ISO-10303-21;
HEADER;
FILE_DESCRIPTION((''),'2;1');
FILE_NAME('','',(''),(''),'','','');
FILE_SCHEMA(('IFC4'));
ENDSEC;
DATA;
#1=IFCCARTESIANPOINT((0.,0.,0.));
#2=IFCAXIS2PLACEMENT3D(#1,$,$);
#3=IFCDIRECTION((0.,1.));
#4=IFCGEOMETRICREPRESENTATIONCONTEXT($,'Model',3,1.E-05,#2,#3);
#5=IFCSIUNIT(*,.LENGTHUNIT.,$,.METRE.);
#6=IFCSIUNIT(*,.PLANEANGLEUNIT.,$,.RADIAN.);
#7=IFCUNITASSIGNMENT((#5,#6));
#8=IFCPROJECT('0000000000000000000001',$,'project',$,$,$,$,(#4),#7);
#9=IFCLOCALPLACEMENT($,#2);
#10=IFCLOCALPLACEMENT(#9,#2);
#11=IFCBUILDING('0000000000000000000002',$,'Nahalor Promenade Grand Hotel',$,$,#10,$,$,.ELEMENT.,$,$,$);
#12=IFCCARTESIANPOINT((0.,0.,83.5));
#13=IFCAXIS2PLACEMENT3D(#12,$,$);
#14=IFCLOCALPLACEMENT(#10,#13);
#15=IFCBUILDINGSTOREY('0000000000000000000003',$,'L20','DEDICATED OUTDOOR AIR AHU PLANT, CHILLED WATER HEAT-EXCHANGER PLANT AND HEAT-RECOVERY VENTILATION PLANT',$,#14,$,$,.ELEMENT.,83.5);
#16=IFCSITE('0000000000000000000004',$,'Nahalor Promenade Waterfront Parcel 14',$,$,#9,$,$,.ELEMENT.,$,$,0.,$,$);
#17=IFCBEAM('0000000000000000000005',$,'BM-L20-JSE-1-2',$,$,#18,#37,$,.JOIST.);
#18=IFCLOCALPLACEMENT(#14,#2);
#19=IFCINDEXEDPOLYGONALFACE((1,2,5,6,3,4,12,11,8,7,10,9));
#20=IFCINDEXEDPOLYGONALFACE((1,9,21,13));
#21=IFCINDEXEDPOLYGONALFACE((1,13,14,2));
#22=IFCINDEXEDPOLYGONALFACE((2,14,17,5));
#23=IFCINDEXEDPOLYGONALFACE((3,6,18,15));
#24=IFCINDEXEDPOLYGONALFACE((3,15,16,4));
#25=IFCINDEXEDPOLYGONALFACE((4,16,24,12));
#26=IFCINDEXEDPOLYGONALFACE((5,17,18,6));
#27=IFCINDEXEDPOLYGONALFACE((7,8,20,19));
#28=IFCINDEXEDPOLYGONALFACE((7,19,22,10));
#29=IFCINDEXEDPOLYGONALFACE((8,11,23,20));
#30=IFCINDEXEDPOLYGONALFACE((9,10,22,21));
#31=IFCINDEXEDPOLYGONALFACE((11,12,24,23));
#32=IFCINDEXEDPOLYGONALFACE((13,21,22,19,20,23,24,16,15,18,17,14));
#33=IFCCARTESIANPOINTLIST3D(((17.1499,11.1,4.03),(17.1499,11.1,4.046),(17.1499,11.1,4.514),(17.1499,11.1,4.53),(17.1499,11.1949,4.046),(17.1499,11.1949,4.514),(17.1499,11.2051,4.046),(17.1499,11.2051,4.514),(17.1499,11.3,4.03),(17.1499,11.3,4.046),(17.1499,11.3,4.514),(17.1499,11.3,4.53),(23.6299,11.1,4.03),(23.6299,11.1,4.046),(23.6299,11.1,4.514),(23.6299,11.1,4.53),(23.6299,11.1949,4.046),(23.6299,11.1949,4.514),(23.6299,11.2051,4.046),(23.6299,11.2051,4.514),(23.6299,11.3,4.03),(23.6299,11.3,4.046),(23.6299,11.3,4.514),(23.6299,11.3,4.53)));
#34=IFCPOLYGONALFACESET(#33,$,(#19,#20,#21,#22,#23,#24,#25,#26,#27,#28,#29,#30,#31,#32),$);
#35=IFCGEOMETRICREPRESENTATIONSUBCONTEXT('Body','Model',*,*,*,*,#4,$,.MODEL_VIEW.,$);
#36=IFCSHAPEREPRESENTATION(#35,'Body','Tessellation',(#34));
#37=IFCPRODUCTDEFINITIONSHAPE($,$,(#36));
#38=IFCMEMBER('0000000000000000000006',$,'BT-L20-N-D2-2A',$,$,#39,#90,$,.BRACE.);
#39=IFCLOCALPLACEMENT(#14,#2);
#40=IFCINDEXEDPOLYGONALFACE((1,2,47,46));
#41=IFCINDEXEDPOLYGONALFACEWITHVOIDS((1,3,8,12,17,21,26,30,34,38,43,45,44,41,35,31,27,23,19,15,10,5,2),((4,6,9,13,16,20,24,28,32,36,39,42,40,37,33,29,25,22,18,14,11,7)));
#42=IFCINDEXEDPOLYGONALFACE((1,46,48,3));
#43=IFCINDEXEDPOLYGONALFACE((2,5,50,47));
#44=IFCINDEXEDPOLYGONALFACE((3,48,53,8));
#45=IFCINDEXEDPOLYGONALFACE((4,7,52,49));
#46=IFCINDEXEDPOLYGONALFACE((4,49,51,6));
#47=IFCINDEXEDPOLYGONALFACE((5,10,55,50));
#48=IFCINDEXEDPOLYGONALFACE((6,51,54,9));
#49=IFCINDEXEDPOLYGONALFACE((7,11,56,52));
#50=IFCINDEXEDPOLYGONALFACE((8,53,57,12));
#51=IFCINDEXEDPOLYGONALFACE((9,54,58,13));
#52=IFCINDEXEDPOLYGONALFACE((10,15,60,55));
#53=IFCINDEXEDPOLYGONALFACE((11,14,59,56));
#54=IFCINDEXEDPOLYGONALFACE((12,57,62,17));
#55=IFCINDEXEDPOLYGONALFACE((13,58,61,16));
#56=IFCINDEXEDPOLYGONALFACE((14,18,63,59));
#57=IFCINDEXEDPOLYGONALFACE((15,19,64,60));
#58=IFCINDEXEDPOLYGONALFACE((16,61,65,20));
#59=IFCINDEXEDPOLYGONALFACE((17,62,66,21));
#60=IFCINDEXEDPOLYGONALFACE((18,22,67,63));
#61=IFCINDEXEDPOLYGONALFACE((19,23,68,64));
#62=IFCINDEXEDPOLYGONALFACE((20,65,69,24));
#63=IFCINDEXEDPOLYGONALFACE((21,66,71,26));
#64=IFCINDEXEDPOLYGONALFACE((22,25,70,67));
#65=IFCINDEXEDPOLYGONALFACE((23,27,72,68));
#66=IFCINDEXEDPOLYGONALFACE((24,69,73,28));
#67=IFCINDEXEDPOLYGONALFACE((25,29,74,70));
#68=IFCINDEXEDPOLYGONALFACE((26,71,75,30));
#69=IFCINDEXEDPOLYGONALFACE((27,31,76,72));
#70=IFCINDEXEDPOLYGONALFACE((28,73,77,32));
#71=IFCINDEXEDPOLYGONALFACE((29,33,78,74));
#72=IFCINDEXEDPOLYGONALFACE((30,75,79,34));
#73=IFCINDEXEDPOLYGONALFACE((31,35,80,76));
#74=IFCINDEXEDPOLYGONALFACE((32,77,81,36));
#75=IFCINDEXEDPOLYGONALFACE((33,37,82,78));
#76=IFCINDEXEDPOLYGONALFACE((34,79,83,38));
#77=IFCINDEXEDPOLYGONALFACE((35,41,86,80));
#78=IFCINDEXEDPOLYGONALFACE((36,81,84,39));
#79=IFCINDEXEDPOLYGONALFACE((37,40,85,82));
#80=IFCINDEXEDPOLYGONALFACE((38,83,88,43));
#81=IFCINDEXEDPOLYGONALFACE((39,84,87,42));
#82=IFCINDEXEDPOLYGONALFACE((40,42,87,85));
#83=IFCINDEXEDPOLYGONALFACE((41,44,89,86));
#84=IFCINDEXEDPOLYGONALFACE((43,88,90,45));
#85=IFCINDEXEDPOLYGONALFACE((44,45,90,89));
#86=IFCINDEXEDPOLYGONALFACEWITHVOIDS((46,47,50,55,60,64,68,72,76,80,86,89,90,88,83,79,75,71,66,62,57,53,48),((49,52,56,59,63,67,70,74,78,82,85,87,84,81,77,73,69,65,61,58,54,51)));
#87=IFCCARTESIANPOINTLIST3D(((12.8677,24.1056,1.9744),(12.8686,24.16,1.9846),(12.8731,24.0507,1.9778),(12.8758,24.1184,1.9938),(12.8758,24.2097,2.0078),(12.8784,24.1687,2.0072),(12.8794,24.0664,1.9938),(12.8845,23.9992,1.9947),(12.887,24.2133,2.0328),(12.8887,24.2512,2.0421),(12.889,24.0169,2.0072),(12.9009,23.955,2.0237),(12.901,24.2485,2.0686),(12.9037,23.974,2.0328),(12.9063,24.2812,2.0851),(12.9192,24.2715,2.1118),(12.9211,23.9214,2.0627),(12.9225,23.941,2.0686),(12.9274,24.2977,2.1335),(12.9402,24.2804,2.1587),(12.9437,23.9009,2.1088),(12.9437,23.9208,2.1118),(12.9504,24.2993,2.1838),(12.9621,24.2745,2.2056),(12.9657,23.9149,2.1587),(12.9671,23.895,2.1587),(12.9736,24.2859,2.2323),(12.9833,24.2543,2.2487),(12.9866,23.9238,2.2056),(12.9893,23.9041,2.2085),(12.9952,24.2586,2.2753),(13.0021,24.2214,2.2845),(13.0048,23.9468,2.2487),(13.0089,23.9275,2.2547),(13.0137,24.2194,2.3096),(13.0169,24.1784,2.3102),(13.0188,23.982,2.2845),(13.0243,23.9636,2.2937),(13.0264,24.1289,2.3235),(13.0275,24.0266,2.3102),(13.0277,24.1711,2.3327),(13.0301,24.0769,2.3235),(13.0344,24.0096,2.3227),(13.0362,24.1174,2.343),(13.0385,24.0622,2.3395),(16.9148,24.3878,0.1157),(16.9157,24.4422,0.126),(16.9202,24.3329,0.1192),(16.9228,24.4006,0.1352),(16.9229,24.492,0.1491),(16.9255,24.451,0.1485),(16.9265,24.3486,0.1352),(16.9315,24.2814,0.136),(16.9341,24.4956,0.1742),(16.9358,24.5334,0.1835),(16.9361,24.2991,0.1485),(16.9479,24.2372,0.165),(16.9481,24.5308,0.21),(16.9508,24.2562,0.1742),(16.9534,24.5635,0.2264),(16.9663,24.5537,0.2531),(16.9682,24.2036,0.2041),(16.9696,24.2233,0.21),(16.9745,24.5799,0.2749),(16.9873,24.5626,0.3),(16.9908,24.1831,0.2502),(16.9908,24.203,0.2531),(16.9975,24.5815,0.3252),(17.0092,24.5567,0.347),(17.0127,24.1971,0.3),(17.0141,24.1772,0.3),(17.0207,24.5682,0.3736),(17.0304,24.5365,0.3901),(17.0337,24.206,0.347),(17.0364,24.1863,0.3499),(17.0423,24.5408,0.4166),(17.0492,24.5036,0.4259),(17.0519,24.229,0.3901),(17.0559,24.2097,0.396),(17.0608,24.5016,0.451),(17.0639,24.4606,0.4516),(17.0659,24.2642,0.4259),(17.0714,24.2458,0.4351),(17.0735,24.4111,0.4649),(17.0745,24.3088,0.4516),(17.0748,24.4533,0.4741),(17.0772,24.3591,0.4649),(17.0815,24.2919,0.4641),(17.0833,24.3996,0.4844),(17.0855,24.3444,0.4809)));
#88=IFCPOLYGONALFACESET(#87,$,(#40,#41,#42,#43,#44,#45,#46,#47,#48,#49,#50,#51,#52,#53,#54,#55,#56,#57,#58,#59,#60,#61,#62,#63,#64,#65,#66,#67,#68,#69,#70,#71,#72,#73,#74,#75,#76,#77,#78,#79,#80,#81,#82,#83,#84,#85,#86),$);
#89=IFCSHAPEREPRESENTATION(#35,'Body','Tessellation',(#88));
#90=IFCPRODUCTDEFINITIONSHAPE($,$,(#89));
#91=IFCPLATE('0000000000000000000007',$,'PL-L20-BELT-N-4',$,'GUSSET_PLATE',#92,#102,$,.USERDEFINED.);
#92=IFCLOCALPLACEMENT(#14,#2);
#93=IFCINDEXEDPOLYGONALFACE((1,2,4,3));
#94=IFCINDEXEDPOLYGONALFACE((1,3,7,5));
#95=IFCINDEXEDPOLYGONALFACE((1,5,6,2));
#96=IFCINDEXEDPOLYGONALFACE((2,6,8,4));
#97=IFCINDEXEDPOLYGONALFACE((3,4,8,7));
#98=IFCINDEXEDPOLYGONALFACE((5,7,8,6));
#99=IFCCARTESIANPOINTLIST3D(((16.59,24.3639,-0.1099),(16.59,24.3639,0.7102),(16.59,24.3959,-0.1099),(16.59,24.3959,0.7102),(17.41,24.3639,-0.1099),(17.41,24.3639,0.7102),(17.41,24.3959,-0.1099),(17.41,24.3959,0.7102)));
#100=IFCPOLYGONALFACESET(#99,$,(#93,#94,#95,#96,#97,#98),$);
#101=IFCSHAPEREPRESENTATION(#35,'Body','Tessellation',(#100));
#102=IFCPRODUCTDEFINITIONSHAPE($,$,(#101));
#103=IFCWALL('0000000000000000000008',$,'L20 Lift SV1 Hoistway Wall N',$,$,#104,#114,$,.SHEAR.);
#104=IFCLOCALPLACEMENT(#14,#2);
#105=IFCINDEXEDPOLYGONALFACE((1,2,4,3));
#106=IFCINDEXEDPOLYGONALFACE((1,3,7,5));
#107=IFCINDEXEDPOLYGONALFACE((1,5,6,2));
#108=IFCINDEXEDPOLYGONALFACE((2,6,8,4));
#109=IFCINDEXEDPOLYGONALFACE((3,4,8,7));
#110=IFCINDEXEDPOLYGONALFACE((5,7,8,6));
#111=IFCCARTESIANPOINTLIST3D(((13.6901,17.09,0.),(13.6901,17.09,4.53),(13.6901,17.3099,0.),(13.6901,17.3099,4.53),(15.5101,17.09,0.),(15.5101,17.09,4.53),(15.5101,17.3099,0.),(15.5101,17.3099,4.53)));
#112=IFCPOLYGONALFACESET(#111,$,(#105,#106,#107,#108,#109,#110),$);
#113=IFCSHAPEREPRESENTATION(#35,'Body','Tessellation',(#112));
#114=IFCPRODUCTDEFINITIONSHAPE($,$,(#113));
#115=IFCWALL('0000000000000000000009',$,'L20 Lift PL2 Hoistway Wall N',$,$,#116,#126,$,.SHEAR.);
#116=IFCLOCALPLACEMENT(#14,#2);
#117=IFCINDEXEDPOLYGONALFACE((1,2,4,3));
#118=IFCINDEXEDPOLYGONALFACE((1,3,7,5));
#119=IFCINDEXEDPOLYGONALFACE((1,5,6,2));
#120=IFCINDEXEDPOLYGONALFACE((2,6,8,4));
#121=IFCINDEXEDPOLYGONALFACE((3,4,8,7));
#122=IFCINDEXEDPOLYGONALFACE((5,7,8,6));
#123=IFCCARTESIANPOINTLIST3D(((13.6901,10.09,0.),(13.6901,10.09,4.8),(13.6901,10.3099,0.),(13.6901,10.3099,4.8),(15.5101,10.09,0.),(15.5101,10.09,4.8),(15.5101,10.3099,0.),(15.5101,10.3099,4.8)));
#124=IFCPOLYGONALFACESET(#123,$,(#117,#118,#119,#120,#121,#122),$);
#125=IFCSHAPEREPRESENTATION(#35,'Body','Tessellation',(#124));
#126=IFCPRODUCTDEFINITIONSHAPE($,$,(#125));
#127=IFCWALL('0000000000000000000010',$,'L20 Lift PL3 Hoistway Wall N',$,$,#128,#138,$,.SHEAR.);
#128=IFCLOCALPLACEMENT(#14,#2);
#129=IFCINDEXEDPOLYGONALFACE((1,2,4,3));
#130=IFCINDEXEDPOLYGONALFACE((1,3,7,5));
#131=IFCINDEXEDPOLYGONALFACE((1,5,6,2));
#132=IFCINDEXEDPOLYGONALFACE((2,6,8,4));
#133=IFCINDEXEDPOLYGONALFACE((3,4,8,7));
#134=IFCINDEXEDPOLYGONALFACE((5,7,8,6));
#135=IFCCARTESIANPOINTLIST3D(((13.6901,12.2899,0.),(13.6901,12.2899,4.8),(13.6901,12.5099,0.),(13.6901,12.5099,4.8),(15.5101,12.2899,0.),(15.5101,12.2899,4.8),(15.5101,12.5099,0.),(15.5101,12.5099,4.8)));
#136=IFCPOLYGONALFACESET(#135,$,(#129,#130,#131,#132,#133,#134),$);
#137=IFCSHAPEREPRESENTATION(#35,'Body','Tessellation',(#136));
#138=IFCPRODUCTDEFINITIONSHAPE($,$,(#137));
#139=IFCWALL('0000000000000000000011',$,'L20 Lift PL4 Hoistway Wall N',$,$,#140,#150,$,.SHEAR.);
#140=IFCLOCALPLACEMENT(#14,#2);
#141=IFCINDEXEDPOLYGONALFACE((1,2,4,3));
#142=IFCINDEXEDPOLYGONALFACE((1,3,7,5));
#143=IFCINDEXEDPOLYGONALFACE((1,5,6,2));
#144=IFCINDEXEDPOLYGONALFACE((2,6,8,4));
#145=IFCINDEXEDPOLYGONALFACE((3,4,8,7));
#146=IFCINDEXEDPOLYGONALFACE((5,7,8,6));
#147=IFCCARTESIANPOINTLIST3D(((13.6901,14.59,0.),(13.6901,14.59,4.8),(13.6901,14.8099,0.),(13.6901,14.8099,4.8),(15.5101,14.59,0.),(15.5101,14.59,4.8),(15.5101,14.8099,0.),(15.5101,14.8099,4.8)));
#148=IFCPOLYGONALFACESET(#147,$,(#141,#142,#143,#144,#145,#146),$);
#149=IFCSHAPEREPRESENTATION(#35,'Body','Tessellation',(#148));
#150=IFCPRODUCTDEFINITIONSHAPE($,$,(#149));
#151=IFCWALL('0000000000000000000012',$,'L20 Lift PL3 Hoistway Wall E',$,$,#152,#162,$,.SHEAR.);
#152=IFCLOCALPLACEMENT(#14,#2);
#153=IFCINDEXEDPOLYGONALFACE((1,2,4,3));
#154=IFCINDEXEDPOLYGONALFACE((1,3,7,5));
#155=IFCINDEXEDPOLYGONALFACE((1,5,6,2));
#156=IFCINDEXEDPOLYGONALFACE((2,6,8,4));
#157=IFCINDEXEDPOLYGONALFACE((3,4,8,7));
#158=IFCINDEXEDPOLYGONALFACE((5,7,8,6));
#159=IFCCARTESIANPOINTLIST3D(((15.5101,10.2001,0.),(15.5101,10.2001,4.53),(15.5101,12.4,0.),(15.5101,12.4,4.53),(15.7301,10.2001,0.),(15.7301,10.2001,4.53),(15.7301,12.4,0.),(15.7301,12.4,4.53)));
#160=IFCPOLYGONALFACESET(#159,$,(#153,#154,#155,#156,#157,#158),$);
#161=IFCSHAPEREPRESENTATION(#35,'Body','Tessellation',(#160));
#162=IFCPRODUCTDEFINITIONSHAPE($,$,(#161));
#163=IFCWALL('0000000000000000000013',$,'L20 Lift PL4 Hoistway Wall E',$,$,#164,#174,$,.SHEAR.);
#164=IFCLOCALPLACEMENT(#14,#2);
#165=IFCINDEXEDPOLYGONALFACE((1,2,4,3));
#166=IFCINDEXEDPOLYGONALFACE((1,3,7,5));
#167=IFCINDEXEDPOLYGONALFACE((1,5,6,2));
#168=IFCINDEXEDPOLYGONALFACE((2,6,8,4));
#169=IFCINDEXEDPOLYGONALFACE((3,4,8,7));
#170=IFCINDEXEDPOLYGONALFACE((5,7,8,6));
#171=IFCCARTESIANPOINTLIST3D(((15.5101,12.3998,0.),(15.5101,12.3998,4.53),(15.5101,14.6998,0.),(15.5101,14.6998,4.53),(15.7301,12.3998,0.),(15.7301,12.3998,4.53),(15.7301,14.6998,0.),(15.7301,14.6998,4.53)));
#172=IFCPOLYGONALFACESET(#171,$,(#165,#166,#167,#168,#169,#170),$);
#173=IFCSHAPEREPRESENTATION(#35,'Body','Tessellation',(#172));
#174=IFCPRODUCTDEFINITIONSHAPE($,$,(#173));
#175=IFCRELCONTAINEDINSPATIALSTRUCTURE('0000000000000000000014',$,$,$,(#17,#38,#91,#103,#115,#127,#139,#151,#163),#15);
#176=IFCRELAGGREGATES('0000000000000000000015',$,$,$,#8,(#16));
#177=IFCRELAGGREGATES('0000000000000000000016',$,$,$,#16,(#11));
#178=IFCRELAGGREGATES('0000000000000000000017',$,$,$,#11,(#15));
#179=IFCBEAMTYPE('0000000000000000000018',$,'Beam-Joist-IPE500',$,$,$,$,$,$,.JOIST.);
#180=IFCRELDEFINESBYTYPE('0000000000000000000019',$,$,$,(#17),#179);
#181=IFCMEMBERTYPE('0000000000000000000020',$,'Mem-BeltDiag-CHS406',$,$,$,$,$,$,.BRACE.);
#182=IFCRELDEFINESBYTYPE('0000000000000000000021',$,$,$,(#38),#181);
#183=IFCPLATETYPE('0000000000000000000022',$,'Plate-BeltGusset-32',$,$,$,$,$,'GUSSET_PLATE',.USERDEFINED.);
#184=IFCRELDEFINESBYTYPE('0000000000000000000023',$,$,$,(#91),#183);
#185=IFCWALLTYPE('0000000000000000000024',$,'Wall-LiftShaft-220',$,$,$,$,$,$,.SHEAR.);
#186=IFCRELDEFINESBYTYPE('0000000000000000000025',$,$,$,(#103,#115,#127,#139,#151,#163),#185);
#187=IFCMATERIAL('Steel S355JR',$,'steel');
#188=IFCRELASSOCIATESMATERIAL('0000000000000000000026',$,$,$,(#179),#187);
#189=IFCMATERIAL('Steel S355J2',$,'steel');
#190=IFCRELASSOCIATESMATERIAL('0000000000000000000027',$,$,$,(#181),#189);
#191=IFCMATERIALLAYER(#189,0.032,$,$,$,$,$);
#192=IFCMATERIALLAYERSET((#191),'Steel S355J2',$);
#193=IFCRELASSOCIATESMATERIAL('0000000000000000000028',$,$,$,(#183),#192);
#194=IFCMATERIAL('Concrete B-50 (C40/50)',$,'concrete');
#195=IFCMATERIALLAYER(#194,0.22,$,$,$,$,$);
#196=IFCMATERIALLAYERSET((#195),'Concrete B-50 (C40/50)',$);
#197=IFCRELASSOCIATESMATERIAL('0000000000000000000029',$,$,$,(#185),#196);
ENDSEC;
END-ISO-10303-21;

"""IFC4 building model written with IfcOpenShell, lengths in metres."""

from ifc_helpers import new_model, si_unit, direction, frame, frame_2d, origin, origin_2d, place, context, subcontext, project, spatial, rectangle, hollow_circle, i_section, extrude, source, transform, mapped, material, layer, layer_set, material_profile, profile_set, type_object, element, save


model = new_model("IFC4")

# Units and contexts
model_context = context("Model", 3, precision=1e-05, world=origin(), true_north=direction((0.0, 1.0)))
body_context = subcontext(model_context, "Body", "Model", "MODEL_VIEW")
ifc_project = project(units=[si_unit("LENGTHUNIT", "METRE"), si_unit("PLANEANGLEUNIT", "RADIAN")], contexts=[model_context])

# Site, building, storey
site_placement = place(None, origin())
site = spatial("IfcSite", under=ifc_project, at=site_placement, Name="Nahalor Promenade Waterfront Parcel 14", CompositionType="ELEMENT", RefElevation=0.0)
building_placement = place(site_placement, origin())
building = spatial("IfcBuilding", under=site, at=building_placement, Name="Nahalor Promenade Grand Hotel", CompositionType="ELEMENT")
storey_placement = place(building_placement, frame((0.0, 0.0, 83.5)))
storey = spatial("IfcBuildingStorey", under=building, at=storey_placement, Name="L20", Description="DEDICATED OUTDOOR AIR AHU PLANT, CHILLED WATER HEAT-EXCHANGER PLANT AND HEAT-RECOVERY VENTILATION PLANT", CompositionType="ELEMENT", Elevation=83.5)

# Shared definitions
ifc_material_1 = material(Name="Steel S355J2", Category="steel")

# Beam
ifc_material_2 = material(Name="Steel S355JR", Category="steel")
ifc_material_profile_1 = material_profile(ifc_material_2, i_section(OverallWidth=0.2, OverallDepth=0.5, WebThickness=0.0102, FlangeThickness=0.016, at=origin_2d()), Name="IPE 500")
ifc_profile_set_1 = profile_set([ifc_material_profile_1], Name="Steel S355JR")
beam_type_1 = type_object("IfcBeamType", Name="Beam-Joist-IPE500", PredefinedType="JOIST", material=ifc_profile_set_1)
shared_shape_1 = source(origin(), body_context, "Body", "SweptSolid", [
    extrude(i_section(OverallWidth=0.2, OverallDepth=0.5, WebThickness=0.0102, FlangeThickness=0.016, at=origin_2d()), origin(), (0.0, 0.0, 1.0), 6.48),
])
beam_placement = place(storey_placement, frame((17.1499, 11.2, 4.28), z_axis=(1.0, 0.0, 0.0), x_axis=(0.0, 1.0, 0.0)))
element("IfcBeam", 1, at=beam_placement, inside=storey, type_object=beam_type_1, Name="BM-L20-JSE-1-2", PredefinedType="JOIST", context=body_context, shape_type="MappedRepresentation", body=[
    mapped(shared_shape_1, transform((0.0, 0.0, 0.0), scale=1.0)),
])

# Member
ifc_material_profile_2 = material_profile(ifc_material_1, hollow_circle(Radius=0.2032, WallThickness=0.02, at=origin_2d()), Name="CHS 406.4x20")
ifc_profile_set_2 = profile_set([ifc_material_profile_2], Name="Steel S355J2")
member_type = type_object("IfcMemberType", Name="Mem-BeltDiag-CHS406", PredefinedType="BRACE", material=ifc_profile_set_2)
shared_shape_2 = source(origin(), body_context, "Body", "SweptSolid", [
    extrude(hollow_circle(Radius=0.2032, WallThickness=0.02, at=origin_2d()), origin(), (0.0, 0.0, 1.0), 4.4624),
])
member_placement = place(storey_placement, frame((17.0, 24.3799, 0.3), z_axis=(-0.906929, -0.063245, 0.416508), x_axis=(0.069566, -0.997577, 0.0)))
element("IfcMember", 2, at=member_placement, inside=storey, type_object=member_type, Name="BT-L20-N-D2-2A", PredefinedType="BRACE", context=body_context, shape_type="MappedRepresentation", body=[
    mapped(shared_shape_2, transform((0.0, 0.0, 0.0), scale=1.0)),
])

# Plate
ifc_layer_1 = layer(ifc_material_1, 0.032)
ifc_layer_set_1 = layer_set([ifc_layer_1], Name="Steel S355J2")
plate_type = type_object("IfcPlateType", Name="Plate-BeltGusset-32", ElementType="GUSSET_PLATE", PredefinedType="USERDEFINED", material=ifc_layer_set_1)
shared_shape_3 = source(origin(), body_context, "Body", "SweptSolid", [
    extrude(rectangle(XDim=0.8201, YDim=0.032, at=origin_2d()), origin(), (0.0, 0.0, 1.0), 0.8201),
])
plate_placement = place(storey_placement, frame((17.0, 24.3799, -0.1099), z_axis=(0.0, 0.0, 1.0), x_axis=(1.0, 0.0, 0.0)))
element("IfcPlate", 3, at=plate_placement, inside=storey, type_object=plate_type, Name="PL-L20-BELT-N-4", ObjectType="GUSSET_PLATE", PredefinedType="USERDEFINED", context=body_context, shape_type="MappedRepresentation", body=[
    mapped(shared_shape_3, transform((0.0, 0.0, 0.0), scale=1.0)),
])

# Walls
ifc_material_3 = material(Name="Concrete B-50 (C40/50)", Category="concrete")
ifc_layer_2 = layer(ifc_material_3, 0.22)
ifc_layer_set_2 = layer_set([ifc_layer_2], Name="Concrete B-50 (C40/50)")
wall_type_1 = type_object("IfcWallType", Name="Wall-LiftShaft-220", PredefinedType="SHEAR", material=ifc_layer_set_2)
shared_shape_4 = source(origin(), body_context, "Body", "SweptSolid", [
    extrude(rectangle(XDim=1.8201, YDim=0.22, at=frame_2d((0.9102, 0.0))), origin(), (0.0, 0.0, 1.0), 4.53),
])
wall_1_placement = place(storey_placement, frame((13.6899, 17.2, 0.0), z_axis=(0.0, 0.0, 1.0), x_axis=(1.0, 0.0, 0.0)))
element("IfcWall", 4, at=wall_1_placement, inside=storey, type_object=wall_type_1, Name="L20 Lift SV1 Hoistway Wall N", PredefinedType="SHEAR", context=body_context, shape_type="MappedRepresentation", body=[
    mapped(shared_shape_4, transform((0.0, 0.0, 0.0), scale=1.0)),
])
shared_shape_5 = source(origin(), body_context, "Body", "SweptSolid", [
    extrude(rectangle(XDim=1.8201, YDim=0.22, at=frame_2d((0.9102, 0.0))), origin(), (0.0, 0.0, 1.0), 4.8),
])
for number, where, z_axis, x_axis, name in (
    (5, (13.6899, 10.2, 0.0), (0.0, 0.0, 1.0), (1.0, 0.0, 0.0), "L20 Lift PL2 Hoistway Wall N"),
    (6, (13.6899, 12.3999, 0.0), (0.0, 0.0, 1.0), (1.0, 0.0, 0.0), "L20 Lift PL3 Hoistway Wall N"),
    (7, (13.6899, 14.7, 0.0), (0.0, 0.0, 1.0), (1.0, 0.0, 0.0), "L20 Lift PL4 Hoistway Wall N"),
):
    element("IfcWall", number, at=place(storey_placement, frame(where, z_axis=z_axis, x_axis=x_axis)), inside=storey, type_object=wall_type_1, Name=name, PredefinedType="SHEAR", context=body_context, shape_type="MappedRepresentation", body=[
        mapped(shared_shape_5, transform((0.0, 0.0, 0.0), scale=1.0)),
    ])
shared_shape_6 = source(origin(), body_context, "Body", "SweptSolid", [
    extrude(rectangle(XDim=2.2, YDim=0.22, at=frame_2d((1.1001, 0.0))), origin(), (0.0, 0.0, 1.0), 4.53),
])
wall_2_placement = place(storey_placement, frame((15.6201, 10.2, 0.0), z_axis=(0.0, 0.0, 1.0), x_axis=(0.0, 1.0, 0.0)))
element("IfcWall", 8, at=wall_2_placement, inside=storey, type_object=wall_type_1, Name="L20 Lift PL3 Hoistway Wall E", PredefinedType="SHEAR", context=body_context, shape_type="MappedRepresentation", body=[
    mapped(shared_shape_6, transform((0.0, 0.0, 0.0), scale=1.0)),
])
shared_shape_7 = source(origin(), body_context, "Body", "SweptSolid", [
    extrude(rectangle(XDim=2.3, YDim=0.22, at=frame_2d((1.1499, 0.0))), origin(), (0.0, 0.0, 1.0), 4.53),
])
wall_3_placement = place(storey_placement, frame((15.6201, 12.3999, 0.0), z_axis=(0.0, 0.0, 1.0), x_axis=(0.0, 1.0, 0.0)))
element("IfcWall", 9, at=wall_3_placement, inside=storey, type_object=wall_type_1, Name="L20 Lift PL4 Hoistway Wall E", PredefinedType="SHEAR", context=body_context, shape_type="MappedRepresentation", body=[
    mapped(shared_shape_7, transform((0.0, 0.0, 0.0), scale=1.0)),
])

save(model, "model.ifc")
